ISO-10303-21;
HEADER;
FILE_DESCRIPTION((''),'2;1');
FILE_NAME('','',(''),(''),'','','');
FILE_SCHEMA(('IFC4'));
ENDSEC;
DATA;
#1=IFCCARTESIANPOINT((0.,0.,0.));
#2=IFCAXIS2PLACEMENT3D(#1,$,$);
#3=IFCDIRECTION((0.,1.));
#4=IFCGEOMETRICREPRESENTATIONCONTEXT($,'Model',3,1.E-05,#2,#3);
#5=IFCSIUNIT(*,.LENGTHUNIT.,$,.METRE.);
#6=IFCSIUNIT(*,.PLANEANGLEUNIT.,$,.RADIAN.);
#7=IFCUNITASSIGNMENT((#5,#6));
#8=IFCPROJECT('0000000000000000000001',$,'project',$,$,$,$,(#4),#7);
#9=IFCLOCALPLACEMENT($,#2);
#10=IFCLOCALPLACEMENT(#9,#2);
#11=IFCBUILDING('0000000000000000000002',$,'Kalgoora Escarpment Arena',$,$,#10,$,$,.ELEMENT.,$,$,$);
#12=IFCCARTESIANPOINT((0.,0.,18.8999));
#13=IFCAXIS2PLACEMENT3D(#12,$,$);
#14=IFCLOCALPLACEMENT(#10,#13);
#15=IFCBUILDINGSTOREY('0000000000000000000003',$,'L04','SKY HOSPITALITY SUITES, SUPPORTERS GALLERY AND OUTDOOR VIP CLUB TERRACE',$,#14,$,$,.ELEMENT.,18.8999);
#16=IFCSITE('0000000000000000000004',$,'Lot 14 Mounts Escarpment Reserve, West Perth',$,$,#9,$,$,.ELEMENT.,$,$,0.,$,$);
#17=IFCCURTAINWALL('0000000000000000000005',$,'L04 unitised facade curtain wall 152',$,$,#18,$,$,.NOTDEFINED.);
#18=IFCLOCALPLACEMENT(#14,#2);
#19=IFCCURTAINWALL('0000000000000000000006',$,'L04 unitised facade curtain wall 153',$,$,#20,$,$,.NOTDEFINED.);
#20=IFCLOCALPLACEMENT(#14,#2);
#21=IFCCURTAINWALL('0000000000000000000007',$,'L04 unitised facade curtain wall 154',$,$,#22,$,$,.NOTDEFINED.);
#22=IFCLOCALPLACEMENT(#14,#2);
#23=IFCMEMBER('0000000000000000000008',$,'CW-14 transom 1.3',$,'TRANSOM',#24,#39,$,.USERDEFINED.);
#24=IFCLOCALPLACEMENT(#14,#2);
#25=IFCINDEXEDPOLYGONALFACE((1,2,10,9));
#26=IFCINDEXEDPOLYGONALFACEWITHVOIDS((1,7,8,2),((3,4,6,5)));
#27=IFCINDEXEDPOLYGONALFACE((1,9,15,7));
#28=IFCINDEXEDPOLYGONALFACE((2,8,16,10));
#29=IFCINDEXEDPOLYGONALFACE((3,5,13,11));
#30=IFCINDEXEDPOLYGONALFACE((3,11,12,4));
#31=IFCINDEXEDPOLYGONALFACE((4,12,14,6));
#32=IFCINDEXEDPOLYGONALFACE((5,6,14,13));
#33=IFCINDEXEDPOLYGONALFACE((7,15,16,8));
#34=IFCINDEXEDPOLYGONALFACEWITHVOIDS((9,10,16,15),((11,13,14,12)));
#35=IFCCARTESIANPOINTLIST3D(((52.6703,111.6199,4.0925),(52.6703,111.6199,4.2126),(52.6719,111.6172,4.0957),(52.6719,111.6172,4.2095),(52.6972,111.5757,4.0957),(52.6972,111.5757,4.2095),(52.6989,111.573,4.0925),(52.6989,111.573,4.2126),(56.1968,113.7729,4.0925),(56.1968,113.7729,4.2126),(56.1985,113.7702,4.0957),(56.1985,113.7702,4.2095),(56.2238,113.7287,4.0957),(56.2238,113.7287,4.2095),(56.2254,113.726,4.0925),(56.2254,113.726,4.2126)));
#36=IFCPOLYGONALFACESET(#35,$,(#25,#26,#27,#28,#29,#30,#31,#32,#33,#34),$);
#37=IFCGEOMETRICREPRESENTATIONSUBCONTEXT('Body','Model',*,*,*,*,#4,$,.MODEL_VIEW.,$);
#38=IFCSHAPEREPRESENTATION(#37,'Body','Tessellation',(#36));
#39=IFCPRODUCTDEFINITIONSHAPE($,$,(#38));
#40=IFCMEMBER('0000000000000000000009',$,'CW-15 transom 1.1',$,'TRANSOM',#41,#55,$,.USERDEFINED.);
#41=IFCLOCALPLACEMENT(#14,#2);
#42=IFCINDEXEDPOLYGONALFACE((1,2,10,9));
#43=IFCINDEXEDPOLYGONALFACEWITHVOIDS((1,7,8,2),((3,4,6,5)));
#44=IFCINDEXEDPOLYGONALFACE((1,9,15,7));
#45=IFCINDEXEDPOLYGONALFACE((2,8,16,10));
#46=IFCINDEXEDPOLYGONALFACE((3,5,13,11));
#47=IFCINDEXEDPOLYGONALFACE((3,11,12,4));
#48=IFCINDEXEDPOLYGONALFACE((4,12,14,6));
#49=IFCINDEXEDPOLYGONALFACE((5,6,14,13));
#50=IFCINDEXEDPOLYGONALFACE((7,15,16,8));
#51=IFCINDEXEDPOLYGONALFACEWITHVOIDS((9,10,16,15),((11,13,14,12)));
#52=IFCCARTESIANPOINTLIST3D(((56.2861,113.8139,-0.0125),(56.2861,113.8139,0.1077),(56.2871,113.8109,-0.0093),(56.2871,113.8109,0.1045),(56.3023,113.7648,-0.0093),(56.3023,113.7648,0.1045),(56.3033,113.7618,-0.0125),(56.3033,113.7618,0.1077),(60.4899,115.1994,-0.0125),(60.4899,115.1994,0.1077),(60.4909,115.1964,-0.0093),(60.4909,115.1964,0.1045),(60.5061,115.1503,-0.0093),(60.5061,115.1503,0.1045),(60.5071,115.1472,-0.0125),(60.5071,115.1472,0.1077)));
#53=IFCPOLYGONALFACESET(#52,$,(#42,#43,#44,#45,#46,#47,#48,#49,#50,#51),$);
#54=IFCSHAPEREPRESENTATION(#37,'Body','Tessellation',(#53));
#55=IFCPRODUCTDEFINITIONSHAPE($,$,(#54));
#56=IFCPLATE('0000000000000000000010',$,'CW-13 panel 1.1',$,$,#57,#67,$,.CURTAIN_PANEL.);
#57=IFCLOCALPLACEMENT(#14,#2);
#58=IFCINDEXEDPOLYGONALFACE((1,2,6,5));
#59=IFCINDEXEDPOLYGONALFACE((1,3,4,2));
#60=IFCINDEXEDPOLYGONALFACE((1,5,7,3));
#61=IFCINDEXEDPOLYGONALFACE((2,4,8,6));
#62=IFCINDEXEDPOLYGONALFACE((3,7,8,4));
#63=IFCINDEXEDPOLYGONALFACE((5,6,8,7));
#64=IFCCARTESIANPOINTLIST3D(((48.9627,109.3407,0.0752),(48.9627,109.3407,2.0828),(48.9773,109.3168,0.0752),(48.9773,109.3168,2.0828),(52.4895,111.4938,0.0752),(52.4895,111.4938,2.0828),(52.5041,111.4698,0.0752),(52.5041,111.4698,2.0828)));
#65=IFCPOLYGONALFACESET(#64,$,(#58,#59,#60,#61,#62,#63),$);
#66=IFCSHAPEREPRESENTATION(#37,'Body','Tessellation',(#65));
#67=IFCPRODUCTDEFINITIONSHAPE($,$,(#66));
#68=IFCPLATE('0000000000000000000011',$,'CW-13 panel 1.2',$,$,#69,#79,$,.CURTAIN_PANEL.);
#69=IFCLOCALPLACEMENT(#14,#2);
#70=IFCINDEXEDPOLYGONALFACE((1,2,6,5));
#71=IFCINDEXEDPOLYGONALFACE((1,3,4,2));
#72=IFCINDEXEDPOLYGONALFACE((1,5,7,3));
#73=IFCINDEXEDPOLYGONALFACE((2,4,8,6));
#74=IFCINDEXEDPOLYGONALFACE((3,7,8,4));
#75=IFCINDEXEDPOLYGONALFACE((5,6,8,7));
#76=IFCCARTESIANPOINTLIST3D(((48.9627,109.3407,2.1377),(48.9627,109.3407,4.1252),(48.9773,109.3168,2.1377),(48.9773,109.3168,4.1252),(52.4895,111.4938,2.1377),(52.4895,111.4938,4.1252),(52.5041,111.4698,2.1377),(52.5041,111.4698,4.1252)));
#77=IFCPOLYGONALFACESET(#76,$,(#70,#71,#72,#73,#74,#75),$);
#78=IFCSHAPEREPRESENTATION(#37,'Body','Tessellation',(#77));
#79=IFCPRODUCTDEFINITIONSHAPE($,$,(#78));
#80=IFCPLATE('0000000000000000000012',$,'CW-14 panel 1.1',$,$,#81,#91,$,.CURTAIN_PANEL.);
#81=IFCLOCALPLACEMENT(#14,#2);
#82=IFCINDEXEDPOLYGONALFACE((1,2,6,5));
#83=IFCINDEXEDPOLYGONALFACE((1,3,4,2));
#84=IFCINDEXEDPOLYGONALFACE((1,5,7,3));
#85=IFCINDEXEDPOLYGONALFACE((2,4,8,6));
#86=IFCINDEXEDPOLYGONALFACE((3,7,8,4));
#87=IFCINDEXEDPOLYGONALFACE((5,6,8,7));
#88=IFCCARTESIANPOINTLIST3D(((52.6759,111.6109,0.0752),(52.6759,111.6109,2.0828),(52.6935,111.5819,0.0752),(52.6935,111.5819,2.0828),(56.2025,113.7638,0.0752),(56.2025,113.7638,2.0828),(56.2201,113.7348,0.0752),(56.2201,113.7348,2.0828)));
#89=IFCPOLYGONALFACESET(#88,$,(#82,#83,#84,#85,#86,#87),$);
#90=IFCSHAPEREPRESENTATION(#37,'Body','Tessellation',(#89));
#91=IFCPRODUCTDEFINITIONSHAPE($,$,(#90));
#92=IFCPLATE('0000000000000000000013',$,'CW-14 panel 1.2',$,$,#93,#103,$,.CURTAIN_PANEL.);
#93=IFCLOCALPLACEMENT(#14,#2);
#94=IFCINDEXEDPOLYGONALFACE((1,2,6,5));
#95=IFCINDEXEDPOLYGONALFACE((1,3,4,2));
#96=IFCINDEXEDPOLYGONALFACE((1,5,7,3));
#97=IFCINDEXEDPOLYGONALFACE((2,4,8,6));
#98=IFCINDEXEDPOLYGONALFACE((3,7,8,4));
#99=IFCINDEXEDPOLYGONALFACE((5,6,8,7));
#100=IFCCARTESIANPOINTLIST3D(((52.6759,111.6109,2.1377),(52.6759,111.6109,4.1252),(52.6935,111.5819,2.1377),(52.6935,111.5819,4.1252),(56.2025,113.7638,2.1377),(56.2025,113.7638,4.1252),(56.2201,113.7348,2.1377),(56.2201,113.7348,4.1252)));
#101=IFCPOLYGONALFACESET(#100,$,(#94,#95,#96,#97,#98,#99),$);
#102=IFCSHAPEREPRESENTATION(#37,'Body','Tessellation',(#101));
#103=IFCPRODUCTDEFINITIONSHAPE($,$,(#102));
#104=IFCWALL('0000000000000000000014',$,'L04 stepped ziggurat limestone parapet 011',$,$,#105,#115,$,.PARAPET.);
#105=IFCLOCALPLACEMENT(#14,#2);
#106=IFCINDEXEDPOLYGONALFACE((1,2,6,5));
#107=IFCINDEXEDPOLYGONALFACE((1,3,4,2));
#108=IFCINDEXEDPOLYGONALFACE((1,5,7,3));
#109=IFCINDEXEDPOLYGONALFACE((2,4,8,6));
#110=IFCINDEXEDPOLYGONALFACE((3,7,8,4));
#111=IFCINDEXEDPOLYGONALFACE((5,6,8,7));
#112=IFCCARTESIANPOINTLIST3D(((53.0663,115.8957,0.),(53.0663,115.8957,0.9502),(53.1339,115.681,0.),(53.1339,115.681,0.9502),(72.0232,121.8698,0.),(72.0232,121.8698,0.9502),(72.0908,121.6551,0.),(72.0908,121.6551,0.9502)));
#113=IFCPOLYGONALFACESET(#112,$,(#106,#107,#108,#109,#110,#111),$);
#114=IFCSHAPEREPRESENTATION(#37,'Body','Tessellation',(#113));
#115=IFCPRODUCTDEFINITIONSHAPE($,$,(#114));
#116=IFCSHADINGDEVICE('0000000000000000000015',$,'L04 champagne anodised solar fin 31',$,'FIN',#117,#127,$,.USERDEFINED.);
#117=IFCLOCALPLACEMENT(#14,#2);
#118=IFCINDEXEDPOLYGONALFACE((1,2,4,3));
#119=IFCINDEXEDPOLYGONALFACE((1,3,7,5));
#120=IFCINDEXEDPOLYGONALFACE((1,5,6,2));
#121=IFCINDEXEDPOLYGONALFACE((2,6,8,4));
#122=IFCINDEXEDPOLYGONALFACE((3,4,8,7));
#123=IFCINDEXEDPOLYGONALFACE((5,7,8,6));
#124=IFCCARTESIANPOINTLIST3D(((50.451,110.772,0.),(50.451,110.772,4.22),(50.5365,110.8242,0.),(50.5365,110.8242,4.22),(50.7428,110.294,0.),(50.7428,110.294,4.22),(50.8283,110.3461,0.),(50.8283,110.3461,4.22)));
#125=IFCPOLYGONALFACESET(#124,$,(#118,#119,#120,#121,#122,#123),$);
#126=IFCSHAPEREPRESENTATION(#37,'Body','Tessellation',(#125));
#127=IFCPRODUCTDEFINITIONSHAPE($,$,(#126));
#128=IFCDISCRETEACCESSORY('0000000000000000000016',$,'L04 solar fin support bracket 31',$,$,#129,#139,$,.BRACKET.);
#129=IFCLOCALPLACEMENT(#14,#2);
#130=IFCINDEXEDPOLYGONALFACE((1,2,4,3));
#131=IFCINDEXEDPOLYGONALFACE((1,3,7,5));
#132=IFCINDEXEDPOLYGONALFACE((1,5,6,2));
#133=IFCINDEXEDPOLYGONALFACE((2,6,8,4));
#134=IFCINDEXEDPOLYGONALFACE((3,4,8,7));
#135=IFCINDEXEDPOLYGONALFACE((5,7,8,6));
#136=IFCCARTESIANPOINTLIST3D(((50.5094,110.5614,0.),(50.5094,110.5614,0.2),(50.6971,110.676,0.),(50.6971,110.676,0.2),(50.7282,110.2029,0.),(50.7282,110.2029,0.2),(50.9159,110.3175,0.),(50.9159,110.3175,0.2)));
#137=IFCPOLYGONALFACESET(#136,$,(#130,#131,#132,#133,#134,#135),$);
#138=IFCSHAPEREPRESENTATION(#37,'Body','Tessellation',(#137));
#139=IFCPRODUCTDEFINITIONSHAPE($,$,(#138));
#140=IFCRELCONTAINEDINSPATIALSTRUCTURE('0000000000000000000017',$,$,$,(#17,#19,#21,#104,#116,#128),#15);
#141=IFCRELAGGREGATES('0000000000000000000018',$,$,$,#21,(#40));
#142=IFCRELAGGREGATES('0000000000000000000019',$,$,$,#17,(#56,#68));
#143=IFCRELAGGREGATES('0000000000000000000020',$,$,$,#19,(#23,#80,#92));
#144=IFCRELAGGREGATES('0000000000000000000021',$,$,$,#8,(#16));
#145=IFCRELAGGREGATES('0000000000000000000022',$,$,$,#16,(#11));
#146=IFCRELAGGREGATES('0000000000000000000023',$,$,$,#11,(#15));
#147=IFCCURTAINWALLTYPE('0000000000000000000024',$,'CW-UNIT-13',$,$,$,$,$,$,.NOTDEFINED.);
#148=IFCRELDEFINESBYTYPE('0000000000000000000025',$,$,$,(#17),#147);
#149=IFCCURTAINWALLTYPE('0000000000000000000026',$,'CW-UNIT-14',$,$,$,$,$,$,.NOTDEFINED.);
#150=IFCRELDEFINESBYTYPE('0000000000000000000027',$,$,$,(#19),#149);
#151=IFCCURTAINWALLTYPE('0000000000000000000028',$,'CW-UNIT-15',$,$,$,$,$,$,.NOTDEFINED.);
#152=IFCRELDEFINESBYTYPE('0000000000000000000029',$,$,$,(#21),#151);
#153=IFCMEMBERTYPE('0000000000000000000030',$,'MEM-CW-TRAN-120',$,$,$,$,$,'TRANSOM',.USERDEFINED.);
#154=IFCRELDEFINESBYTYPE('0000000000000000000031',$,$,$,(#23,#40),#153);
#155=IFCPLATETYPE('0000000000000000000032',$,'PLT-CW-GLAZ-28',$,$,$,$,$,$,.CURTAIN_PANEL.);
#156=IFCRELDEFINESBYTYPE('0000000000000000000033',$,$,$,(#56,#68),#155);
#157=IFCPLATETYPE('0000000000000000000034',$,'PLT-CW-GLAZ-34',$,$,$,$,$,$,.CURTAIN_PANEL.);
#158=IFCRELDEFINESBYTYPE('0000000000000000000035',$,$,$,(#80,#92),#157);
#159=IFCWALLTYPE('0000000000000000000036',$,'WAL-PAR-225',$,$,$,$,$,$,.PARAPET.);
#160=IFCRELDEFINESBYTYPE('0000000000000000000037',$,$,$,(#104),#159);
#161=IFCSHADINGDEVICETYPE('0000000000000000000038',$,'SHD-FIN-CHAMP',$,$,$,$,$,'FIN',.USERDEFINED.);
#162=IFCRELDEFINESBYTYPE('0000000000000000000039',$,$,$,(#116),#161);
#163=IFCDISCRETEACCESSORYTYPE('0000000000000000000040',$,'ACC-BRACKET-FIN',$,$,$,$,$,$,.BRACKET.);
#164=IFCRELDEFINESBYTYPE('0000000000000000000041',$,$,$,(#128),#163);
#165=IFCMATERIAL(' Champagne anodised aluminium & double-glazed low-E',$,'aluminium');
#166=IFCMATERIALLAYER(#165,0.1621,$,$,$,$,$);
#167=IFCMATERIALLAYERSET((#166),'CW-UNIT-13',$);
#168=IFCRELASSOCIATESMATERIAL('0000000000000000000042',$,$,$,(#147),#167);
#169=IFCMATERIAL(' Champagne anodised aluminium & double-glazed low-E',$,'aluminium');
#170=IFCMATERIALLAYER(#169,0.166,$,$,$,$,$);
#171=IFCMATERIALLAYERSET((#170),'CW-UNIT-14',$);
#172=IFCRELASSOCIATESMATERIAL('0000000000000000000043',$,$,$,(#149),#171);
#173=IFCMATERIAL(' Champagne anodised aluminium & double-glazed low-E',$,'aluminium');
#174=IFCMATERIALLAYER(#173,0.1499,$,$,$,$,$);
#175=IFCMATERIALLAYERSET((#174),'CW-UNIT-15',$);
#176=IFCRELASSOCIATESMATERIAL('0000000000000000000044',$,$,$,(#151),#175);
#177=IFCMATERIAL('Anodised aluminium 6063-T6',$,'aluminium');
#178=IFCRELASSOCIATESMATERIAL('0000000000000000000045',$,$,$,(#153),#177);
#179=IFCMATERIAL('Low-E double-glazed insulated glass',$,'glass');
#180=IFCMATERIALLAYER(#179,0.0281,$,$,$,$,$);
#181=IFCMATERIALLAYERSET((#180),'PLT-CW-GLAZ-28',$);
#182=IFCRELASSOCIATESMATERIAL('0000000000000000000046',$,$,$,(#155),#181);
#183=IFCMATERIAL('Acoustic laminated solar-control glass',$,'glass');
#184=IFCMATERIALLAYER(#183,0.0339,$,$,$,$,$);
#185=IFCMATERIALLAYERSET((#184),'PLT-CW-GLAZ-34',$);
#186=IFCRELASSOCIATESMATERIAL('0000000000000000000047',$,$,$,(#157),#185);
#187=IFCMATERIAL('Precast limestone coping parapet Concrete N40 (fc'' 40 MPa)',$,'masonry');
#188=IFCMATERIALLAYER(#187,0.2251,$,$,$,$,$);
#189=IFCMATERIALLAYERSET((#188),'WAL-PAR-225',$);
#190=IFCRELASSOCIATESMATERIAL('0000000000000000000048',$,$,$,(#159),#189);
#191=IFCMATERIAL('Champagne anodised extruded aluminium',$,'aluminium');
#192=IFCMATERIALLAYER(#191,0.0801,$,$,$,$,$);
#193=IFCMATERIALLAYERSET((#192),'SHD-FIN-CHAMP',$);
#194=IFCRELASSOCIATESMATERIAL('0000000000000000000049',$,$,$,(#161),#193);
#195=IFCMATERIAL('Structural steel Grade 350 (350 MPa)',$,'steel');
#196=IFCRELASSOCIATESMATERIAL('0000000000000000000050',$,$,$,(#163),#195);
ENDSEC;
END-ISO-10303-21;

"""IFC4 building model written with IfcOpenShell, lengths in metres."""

from ifc_helpers import new_model, si_unit, direction, frame, frame_2d, origin, origin_2d, place, context, subcontext, project, spatial, rectangle, hollow_rectangle, extrude, material, layer, layer_set, material_profile, profile_set, type_object, element, aggregate, save


model = new_model("IFC4")

# Units and contexts
model_context = context("Model", 3, precision=1e-05, world=origin(), true_north=direction((0.0, 1.0)))
body_context = subcontext(model_context, "Body", "Model", "MODEL_VIEW")
ifc_project = project(units=[si_unit("LENGTHUNIT", "METRE"), si_unit("PLANEANGLEUNIT", "RADIAN")], contexts=[model_context])

# Site, building, storey
site_placement = place(None, origin())
site = spatial("IfcSite", under=ifc_project, at=site_placement, Name="Lot 14 Mounts Escarpment Reserve, West Perth", CompositionType="ELEMENT", RefElevation=0.0)
building_placement = place(site_placement, origin())
building = spatial("IfcBuilding", under=site, at=building_placement, Name="Kalgoora Escarpment Arena", CompositionType="ELEMENT")
storey_placement = place(building_placement, frame((0.0, 0.0, 18.8999)))
storey = spatial("IfcBuildingStorey", under=building, at=storey_placement, Name="L04", Description="SKY HOSPITALITY SUITES, SUPPORTERS GALLERY AND OUTDOOR VIP CLUB TERRACE", CompositionType="ELEMENT", Elevation=18.8999)

# Curtain walls
ifc_material_1 = material(Name=" Champagne anodised aluminium & double-glazed low-E", Category="aluminium")
ifc_layer_1 = layer(ifc_material_1, 0.1621)
ifc_layer_set_1 = layer_set([ifc_layer_1], Name="CW-UNIT-13")
curtain_wall_type_1 = type_object("IfcCurtainWallType", Name="CW-UNIT-13", PredefinedType="NOTDEFINED", material=ifc_layer_set_1)
curtain_wall_1_placement = place(storey_placement, origin())
curtain_wall_1 = element("IfcCurtainWall", 1, at=curtain_wall_1_placement, inside=storey, type_object=curtain_wall_type_1, Name="L04 unitised facade curtain wall 152", PredefinedType="NOTDEFINED")
ifc_material_2 = material(Name=" Champagne anodised aluminium & double-glazed low-E", Category="aluminium")
ifc_layer_2 = layer(ifc_material_2, 0.166)
ifc_layer_set_2 = layer_set([ifc_layer_2], Name="CW-UNIT-14")
curtain_wall_type_2 = type_object("IfcCurtainWallType", Name="CW-UNIT-14", PredefinedType="NOTDEFINED", material=ifc_layer_set_2)
curtain_wall_2_placement = place(storey_placement, origin())
curtain_wall_2 = element("IfcCurtainWall", 2, at=curtain_wall_2_placement, inside=storey, type_object=curtain_wall_type_2, Name="L04 unitised facade curtain wall 153", PredefinedType="NOTDEFINED")

# Curtain wall
ifc_material_3 = material(Name=" Champagne anodised aluminium & double-glazed low-E", Category="aluminium")
ifc_layer_3 = layer(ifc_material_3, 0.1499)
ifc_layer_set_3 = layer_set([ifc_layer_3], Name="CW-UNIT-15")
curtain_wall_type_3 = type_object("IfcCurtainWallType", Name="CW-UNIT-15", PredefinedType="NOTDEFINED", material=ifc_layer_set_3)
curtain_wall_3_placement = place(storey_placement, origin())
curtain_wall_3 = element("IfcCurtainWall", 3, at=curtain_wall_3_placement, inside=storey, type_object=curtain_wall_type_3, Name="L04 unitised facade curtain wall 154", PredefinedType="NOTDEFINED")

# Members
ifc_material_4 = material(Name="Anodised aluminium 6063-T6", Category="aluminium")
ifc_material_profile_1 = material_profile(ifc_material_4, hollow_rectangle(XDim=0.0549, YDim=0.1201, WallThickness=0.0032, at=origin_2d()))
ifc_profile_set_1 = profile_set([ifc_material_profile_1], Name="Anodised aluminium 6063-T6")
member_type_1 = type_object("IfcMemberType", Name="MEM-CW-TRAN-120", ElementType="TRANSOM", PredefinedType="USERDEFINED", material=ifc_profile_set_1)
member_1_placement = place(storey_placement, frame((52.6846, 111.5964, 4.1526), z_axis=(0.853505, 0.521084, 0.0), x_axis=(-0.521084, 0.853505, 0.0)))
member_1 = element("IfcMember", 4, at=member_1_placement, type_object=member_type_1, Name="CW-14 transom 1.3", ObjectType="TRANSOM", PredefinedType="USERDEFINED", context=body_context, shape_type="SweptSolid", body=[
    extrude(hollow_rectangle(XDim=0.0549, YDim=0.1201, WallThickness=0.0032, at=origin_2d()), origin(), (0.0, 0.0, 1.0), 4.1318),
])
member_2_placement = place(storey_placement, frame((56.2947, 113.7878, 0.0476), z_axis=(0.949748, 0.313016, 0.0), x_axis=(-0.313016, 0.949748, 0.0)))
member_2 = element("IfcMember", 5, at=member_2_placement, type_object=member_type_1, Name="CW-15 transom 1.1", ObjectType="TRANSOM", PredefinedType="USERDEFINED", context=body_context, shape_type="SweptSolid", body=[
    extrude(hollow_rectangle(XDim=0.0549, YDim=0.1201, WallThickness=0.0032, at=origin_2d()), origin(), (0.0, 0.0, 1.0), 4.4263),
])
aggregate(curtain_wall_3, [member_2])

# Plates
ifc_material_5 = material(Name="Low-E double-glazed insulated glass", Category="glass")
ifc_layer_4 = layer(ifc_material_5, 0.0281)
ifc_layer_set_4 = layer_set([ifc_layer_4], Name="PLT-CW-GLAZ-28")
plate_type_1 = type_object("IfcPlateType", Name="PLT-CW-GLAZ-28", PredefinedType="CURTAIN_PANEL", material=ifc_layer_set_4)
plate_1_placement = place(storey_placement, frame((50.7334, 110.4053, 0.0752), z_axis=(0.0, 0.0, 1.0), x_axis=(0.853527, 0.521049, 0.0)))
plate_1 = element("IfcPlate", 6, at=plate_1_placement, type_object=plate_type_1, Name="CW-13 panel 1.1", PredefinedType="CURTAIN_PANEL", context=body_context, shape_type="SweptSolid", body=[
    extrude(rectangle(XDim=4.1321, YDim=0.0281, at=origin_2d()), origin(), (0.0, 0.0, 1.0), 2.0076),
])
plate_2_placement = place(storey_placement, frame((50.7334, 110.4053, 2.1377), z_axis=(0.0, 0.0, 1.0), x_axis=(0.853527, 0.521049, 0.0)))
plate_2 = element("IfcPlate", 7, at=plate_2_placement, type_object=plate_type_1, Name="CW-13 panel 1.2", PredefinedType="CURTAIN_PANEL", context=body_context, shape_type="SweptSolid", body=[
    extrude(rectangle(XDim=4.1321, YDim=0.0281, at=origin_2d()), origin(), (0.0, 0.0, 1.0), 1.9875),
])
aggregate(curtain_wall_1, [plate_1, plate_2])
ifc_material_6 = material(Name="Acoustic laminated solar-control glass", Category="glass")
ifc_layer_5 = layer(ifc_material_6, 0.0339)
ifc_layer_set_5 = layer_set([ifc_layer_5], Name="PLT-CW-GLAZ-34")
plate_type_2 = type_object("IfcPlateType", Name="PLT-CW-GLAZ-34", PredefinedType="CURTAIN_PANEL", material=ifc_layer_set_5)
plate_3_placement = place(storey_placement, frame((54.448, 112.6729, 0.0752), z_axis=(0.0, 0.0, 1.0), x_axis=(0.853521, 0.521059, 0.0)))
plate_3 = element("IfcPlate", 8, at=plate_3_placement, type_object=plate_type_2, Name="CW-14 panel 1.1", PredefinedType="CURTAIN_PANEL", context=body_context, shape_type="SweptSolid", body=[
    extrude(rectangle(XDim=4.1318, YDim=0.0339, at=origin_2d()), origin(), (0.0, 0.0, 1.0), 2.0076),
])
plate_4_placement = place(storey_placement, frame((54.448, 112.6729, 2.1377), z_axis=(0.0, 0.0, 1.0), x_axis=(0.853521, 0.521059, 0.0)))
plate_4 = element("IfcPlate", 9, at=plate_4_placement, type_object=plate_type_2, Name="CW-14 panel 1.2", PredefinedType="CURTAIN_PANEL", context=body_context, shape_type="SweptSolid", body=[
    extrude(rectangle(XDim=4.1318, YDim=0.0339, at=origin_2d()), origin(), (0.0, 0.0, 1.0), 1.9875),
])
aggregate(curtain_wall_2, [member_1, plate_3, plate_4])

# Wall
ifc_material_7 = material(Name="Precast limestone coping parapet Concrete N40 (fc' 40 MPa)", Category="masonry")
ifc_layer_6 = layer(ifc_material_7, 0.2251)
ifc_layer_set_6 = layer_set([ifc_layer_6], Name="WAL-PAR-225")
wall_type = type_object("IfcWallType", Name="WAL-PAR-225", PredefinedType="PARAPET", material=ifc_layer_set_6)
wall_placement = place(storey_placement, frame((53.1001, 115.7883, 0.0), z_axis=(0.0, 0.0, 1.0), x_axis=(0.953759, 0.300572, 0.0)))
element("IfcWall", 10, at=wall_placement, inside=storey, type_object=wall_type, Name="L04 stepped ziggurat limestone parapet 011", PredefinedType="PARAPET", context=body_context, shape_type="SweptSolid", body=[
    extrude(rectangle(XDim=19.876, YDim=0.2251, at=frame_2d((9.938, 0.0))), origin(), (0.0, 0.0, 1.0), 0.9502),
])

# Shading device
ifc_material_8 = material(Name="Champagne anodised extruded aluminium", Category="aluminium")
ifc_layer_7 = layer(ifc_material_8, 0.0801)
ifc_layer_set_7 = layer_set([ifc_layer_7], Name="SHD-FIN-CHAMP")
shading_device_type = type_object("IfcShadingDeviceType", Name="SHD-FIN-CHAMP", ElementType="FIN", PredefinedType="USERDEFINED", material=ifc_layer_set_7)
shading_device_placement = place(storey_placement, frame((50.6396, 110.5591, 0.0), z_axis=(0.0, 0.0, 1.0), x_axis=(-0.52101, 0.853551, 0.0)))
element("IfcShadingDevice", 11, at=shading_device_placement, inside=storey, type_object=shading_device_type, Name="L04 champagne anodised solar fin 31", ObjectType="FIN", PredefinedType="USERDEFINED", context=body_context, shape_type="SweptSolid", body=[
    extrude(rectangle(XDim=0.5601, YDim=0.1001, at=origin_2d()), origin(), (0.0, 0.0, 1.0), 4.22),
])

# Discrete accessory
ifc_material_9 = material(Name="Structural steel Grade 350 (350 MPa)", Category="steel")
discrete_accessory_type = type_object("IfcDiscreteAccessoryType", Name="ACC-BRACKET-FIN", PredefinedType="BRACKET", material=ifc_material_9)
discrete_accessory_placement = place(storey_placement, frame((50.7126, 110.4395, 0.0), z_axis=(0.0, 0.0, 1.0), x_axis=(-0.52101, 0.853551, 0.0)))
element("IfcDiscreteAccessory", 12, at=discrete_accessory_placement, inside=storey, type_object=discrete_accessory_type, Name="L04 solar fin support bracket 31", PredefinedType="BRACKET", context=body_context, shape_type="SweptSolid", body=[
    extrude(rectangle(XDim=0.4199, YDim=0.22, at=origin_2d()), origin(), (0.0, 0.0, 1.0), 0.2),
])

save(model, "model.ifc")
